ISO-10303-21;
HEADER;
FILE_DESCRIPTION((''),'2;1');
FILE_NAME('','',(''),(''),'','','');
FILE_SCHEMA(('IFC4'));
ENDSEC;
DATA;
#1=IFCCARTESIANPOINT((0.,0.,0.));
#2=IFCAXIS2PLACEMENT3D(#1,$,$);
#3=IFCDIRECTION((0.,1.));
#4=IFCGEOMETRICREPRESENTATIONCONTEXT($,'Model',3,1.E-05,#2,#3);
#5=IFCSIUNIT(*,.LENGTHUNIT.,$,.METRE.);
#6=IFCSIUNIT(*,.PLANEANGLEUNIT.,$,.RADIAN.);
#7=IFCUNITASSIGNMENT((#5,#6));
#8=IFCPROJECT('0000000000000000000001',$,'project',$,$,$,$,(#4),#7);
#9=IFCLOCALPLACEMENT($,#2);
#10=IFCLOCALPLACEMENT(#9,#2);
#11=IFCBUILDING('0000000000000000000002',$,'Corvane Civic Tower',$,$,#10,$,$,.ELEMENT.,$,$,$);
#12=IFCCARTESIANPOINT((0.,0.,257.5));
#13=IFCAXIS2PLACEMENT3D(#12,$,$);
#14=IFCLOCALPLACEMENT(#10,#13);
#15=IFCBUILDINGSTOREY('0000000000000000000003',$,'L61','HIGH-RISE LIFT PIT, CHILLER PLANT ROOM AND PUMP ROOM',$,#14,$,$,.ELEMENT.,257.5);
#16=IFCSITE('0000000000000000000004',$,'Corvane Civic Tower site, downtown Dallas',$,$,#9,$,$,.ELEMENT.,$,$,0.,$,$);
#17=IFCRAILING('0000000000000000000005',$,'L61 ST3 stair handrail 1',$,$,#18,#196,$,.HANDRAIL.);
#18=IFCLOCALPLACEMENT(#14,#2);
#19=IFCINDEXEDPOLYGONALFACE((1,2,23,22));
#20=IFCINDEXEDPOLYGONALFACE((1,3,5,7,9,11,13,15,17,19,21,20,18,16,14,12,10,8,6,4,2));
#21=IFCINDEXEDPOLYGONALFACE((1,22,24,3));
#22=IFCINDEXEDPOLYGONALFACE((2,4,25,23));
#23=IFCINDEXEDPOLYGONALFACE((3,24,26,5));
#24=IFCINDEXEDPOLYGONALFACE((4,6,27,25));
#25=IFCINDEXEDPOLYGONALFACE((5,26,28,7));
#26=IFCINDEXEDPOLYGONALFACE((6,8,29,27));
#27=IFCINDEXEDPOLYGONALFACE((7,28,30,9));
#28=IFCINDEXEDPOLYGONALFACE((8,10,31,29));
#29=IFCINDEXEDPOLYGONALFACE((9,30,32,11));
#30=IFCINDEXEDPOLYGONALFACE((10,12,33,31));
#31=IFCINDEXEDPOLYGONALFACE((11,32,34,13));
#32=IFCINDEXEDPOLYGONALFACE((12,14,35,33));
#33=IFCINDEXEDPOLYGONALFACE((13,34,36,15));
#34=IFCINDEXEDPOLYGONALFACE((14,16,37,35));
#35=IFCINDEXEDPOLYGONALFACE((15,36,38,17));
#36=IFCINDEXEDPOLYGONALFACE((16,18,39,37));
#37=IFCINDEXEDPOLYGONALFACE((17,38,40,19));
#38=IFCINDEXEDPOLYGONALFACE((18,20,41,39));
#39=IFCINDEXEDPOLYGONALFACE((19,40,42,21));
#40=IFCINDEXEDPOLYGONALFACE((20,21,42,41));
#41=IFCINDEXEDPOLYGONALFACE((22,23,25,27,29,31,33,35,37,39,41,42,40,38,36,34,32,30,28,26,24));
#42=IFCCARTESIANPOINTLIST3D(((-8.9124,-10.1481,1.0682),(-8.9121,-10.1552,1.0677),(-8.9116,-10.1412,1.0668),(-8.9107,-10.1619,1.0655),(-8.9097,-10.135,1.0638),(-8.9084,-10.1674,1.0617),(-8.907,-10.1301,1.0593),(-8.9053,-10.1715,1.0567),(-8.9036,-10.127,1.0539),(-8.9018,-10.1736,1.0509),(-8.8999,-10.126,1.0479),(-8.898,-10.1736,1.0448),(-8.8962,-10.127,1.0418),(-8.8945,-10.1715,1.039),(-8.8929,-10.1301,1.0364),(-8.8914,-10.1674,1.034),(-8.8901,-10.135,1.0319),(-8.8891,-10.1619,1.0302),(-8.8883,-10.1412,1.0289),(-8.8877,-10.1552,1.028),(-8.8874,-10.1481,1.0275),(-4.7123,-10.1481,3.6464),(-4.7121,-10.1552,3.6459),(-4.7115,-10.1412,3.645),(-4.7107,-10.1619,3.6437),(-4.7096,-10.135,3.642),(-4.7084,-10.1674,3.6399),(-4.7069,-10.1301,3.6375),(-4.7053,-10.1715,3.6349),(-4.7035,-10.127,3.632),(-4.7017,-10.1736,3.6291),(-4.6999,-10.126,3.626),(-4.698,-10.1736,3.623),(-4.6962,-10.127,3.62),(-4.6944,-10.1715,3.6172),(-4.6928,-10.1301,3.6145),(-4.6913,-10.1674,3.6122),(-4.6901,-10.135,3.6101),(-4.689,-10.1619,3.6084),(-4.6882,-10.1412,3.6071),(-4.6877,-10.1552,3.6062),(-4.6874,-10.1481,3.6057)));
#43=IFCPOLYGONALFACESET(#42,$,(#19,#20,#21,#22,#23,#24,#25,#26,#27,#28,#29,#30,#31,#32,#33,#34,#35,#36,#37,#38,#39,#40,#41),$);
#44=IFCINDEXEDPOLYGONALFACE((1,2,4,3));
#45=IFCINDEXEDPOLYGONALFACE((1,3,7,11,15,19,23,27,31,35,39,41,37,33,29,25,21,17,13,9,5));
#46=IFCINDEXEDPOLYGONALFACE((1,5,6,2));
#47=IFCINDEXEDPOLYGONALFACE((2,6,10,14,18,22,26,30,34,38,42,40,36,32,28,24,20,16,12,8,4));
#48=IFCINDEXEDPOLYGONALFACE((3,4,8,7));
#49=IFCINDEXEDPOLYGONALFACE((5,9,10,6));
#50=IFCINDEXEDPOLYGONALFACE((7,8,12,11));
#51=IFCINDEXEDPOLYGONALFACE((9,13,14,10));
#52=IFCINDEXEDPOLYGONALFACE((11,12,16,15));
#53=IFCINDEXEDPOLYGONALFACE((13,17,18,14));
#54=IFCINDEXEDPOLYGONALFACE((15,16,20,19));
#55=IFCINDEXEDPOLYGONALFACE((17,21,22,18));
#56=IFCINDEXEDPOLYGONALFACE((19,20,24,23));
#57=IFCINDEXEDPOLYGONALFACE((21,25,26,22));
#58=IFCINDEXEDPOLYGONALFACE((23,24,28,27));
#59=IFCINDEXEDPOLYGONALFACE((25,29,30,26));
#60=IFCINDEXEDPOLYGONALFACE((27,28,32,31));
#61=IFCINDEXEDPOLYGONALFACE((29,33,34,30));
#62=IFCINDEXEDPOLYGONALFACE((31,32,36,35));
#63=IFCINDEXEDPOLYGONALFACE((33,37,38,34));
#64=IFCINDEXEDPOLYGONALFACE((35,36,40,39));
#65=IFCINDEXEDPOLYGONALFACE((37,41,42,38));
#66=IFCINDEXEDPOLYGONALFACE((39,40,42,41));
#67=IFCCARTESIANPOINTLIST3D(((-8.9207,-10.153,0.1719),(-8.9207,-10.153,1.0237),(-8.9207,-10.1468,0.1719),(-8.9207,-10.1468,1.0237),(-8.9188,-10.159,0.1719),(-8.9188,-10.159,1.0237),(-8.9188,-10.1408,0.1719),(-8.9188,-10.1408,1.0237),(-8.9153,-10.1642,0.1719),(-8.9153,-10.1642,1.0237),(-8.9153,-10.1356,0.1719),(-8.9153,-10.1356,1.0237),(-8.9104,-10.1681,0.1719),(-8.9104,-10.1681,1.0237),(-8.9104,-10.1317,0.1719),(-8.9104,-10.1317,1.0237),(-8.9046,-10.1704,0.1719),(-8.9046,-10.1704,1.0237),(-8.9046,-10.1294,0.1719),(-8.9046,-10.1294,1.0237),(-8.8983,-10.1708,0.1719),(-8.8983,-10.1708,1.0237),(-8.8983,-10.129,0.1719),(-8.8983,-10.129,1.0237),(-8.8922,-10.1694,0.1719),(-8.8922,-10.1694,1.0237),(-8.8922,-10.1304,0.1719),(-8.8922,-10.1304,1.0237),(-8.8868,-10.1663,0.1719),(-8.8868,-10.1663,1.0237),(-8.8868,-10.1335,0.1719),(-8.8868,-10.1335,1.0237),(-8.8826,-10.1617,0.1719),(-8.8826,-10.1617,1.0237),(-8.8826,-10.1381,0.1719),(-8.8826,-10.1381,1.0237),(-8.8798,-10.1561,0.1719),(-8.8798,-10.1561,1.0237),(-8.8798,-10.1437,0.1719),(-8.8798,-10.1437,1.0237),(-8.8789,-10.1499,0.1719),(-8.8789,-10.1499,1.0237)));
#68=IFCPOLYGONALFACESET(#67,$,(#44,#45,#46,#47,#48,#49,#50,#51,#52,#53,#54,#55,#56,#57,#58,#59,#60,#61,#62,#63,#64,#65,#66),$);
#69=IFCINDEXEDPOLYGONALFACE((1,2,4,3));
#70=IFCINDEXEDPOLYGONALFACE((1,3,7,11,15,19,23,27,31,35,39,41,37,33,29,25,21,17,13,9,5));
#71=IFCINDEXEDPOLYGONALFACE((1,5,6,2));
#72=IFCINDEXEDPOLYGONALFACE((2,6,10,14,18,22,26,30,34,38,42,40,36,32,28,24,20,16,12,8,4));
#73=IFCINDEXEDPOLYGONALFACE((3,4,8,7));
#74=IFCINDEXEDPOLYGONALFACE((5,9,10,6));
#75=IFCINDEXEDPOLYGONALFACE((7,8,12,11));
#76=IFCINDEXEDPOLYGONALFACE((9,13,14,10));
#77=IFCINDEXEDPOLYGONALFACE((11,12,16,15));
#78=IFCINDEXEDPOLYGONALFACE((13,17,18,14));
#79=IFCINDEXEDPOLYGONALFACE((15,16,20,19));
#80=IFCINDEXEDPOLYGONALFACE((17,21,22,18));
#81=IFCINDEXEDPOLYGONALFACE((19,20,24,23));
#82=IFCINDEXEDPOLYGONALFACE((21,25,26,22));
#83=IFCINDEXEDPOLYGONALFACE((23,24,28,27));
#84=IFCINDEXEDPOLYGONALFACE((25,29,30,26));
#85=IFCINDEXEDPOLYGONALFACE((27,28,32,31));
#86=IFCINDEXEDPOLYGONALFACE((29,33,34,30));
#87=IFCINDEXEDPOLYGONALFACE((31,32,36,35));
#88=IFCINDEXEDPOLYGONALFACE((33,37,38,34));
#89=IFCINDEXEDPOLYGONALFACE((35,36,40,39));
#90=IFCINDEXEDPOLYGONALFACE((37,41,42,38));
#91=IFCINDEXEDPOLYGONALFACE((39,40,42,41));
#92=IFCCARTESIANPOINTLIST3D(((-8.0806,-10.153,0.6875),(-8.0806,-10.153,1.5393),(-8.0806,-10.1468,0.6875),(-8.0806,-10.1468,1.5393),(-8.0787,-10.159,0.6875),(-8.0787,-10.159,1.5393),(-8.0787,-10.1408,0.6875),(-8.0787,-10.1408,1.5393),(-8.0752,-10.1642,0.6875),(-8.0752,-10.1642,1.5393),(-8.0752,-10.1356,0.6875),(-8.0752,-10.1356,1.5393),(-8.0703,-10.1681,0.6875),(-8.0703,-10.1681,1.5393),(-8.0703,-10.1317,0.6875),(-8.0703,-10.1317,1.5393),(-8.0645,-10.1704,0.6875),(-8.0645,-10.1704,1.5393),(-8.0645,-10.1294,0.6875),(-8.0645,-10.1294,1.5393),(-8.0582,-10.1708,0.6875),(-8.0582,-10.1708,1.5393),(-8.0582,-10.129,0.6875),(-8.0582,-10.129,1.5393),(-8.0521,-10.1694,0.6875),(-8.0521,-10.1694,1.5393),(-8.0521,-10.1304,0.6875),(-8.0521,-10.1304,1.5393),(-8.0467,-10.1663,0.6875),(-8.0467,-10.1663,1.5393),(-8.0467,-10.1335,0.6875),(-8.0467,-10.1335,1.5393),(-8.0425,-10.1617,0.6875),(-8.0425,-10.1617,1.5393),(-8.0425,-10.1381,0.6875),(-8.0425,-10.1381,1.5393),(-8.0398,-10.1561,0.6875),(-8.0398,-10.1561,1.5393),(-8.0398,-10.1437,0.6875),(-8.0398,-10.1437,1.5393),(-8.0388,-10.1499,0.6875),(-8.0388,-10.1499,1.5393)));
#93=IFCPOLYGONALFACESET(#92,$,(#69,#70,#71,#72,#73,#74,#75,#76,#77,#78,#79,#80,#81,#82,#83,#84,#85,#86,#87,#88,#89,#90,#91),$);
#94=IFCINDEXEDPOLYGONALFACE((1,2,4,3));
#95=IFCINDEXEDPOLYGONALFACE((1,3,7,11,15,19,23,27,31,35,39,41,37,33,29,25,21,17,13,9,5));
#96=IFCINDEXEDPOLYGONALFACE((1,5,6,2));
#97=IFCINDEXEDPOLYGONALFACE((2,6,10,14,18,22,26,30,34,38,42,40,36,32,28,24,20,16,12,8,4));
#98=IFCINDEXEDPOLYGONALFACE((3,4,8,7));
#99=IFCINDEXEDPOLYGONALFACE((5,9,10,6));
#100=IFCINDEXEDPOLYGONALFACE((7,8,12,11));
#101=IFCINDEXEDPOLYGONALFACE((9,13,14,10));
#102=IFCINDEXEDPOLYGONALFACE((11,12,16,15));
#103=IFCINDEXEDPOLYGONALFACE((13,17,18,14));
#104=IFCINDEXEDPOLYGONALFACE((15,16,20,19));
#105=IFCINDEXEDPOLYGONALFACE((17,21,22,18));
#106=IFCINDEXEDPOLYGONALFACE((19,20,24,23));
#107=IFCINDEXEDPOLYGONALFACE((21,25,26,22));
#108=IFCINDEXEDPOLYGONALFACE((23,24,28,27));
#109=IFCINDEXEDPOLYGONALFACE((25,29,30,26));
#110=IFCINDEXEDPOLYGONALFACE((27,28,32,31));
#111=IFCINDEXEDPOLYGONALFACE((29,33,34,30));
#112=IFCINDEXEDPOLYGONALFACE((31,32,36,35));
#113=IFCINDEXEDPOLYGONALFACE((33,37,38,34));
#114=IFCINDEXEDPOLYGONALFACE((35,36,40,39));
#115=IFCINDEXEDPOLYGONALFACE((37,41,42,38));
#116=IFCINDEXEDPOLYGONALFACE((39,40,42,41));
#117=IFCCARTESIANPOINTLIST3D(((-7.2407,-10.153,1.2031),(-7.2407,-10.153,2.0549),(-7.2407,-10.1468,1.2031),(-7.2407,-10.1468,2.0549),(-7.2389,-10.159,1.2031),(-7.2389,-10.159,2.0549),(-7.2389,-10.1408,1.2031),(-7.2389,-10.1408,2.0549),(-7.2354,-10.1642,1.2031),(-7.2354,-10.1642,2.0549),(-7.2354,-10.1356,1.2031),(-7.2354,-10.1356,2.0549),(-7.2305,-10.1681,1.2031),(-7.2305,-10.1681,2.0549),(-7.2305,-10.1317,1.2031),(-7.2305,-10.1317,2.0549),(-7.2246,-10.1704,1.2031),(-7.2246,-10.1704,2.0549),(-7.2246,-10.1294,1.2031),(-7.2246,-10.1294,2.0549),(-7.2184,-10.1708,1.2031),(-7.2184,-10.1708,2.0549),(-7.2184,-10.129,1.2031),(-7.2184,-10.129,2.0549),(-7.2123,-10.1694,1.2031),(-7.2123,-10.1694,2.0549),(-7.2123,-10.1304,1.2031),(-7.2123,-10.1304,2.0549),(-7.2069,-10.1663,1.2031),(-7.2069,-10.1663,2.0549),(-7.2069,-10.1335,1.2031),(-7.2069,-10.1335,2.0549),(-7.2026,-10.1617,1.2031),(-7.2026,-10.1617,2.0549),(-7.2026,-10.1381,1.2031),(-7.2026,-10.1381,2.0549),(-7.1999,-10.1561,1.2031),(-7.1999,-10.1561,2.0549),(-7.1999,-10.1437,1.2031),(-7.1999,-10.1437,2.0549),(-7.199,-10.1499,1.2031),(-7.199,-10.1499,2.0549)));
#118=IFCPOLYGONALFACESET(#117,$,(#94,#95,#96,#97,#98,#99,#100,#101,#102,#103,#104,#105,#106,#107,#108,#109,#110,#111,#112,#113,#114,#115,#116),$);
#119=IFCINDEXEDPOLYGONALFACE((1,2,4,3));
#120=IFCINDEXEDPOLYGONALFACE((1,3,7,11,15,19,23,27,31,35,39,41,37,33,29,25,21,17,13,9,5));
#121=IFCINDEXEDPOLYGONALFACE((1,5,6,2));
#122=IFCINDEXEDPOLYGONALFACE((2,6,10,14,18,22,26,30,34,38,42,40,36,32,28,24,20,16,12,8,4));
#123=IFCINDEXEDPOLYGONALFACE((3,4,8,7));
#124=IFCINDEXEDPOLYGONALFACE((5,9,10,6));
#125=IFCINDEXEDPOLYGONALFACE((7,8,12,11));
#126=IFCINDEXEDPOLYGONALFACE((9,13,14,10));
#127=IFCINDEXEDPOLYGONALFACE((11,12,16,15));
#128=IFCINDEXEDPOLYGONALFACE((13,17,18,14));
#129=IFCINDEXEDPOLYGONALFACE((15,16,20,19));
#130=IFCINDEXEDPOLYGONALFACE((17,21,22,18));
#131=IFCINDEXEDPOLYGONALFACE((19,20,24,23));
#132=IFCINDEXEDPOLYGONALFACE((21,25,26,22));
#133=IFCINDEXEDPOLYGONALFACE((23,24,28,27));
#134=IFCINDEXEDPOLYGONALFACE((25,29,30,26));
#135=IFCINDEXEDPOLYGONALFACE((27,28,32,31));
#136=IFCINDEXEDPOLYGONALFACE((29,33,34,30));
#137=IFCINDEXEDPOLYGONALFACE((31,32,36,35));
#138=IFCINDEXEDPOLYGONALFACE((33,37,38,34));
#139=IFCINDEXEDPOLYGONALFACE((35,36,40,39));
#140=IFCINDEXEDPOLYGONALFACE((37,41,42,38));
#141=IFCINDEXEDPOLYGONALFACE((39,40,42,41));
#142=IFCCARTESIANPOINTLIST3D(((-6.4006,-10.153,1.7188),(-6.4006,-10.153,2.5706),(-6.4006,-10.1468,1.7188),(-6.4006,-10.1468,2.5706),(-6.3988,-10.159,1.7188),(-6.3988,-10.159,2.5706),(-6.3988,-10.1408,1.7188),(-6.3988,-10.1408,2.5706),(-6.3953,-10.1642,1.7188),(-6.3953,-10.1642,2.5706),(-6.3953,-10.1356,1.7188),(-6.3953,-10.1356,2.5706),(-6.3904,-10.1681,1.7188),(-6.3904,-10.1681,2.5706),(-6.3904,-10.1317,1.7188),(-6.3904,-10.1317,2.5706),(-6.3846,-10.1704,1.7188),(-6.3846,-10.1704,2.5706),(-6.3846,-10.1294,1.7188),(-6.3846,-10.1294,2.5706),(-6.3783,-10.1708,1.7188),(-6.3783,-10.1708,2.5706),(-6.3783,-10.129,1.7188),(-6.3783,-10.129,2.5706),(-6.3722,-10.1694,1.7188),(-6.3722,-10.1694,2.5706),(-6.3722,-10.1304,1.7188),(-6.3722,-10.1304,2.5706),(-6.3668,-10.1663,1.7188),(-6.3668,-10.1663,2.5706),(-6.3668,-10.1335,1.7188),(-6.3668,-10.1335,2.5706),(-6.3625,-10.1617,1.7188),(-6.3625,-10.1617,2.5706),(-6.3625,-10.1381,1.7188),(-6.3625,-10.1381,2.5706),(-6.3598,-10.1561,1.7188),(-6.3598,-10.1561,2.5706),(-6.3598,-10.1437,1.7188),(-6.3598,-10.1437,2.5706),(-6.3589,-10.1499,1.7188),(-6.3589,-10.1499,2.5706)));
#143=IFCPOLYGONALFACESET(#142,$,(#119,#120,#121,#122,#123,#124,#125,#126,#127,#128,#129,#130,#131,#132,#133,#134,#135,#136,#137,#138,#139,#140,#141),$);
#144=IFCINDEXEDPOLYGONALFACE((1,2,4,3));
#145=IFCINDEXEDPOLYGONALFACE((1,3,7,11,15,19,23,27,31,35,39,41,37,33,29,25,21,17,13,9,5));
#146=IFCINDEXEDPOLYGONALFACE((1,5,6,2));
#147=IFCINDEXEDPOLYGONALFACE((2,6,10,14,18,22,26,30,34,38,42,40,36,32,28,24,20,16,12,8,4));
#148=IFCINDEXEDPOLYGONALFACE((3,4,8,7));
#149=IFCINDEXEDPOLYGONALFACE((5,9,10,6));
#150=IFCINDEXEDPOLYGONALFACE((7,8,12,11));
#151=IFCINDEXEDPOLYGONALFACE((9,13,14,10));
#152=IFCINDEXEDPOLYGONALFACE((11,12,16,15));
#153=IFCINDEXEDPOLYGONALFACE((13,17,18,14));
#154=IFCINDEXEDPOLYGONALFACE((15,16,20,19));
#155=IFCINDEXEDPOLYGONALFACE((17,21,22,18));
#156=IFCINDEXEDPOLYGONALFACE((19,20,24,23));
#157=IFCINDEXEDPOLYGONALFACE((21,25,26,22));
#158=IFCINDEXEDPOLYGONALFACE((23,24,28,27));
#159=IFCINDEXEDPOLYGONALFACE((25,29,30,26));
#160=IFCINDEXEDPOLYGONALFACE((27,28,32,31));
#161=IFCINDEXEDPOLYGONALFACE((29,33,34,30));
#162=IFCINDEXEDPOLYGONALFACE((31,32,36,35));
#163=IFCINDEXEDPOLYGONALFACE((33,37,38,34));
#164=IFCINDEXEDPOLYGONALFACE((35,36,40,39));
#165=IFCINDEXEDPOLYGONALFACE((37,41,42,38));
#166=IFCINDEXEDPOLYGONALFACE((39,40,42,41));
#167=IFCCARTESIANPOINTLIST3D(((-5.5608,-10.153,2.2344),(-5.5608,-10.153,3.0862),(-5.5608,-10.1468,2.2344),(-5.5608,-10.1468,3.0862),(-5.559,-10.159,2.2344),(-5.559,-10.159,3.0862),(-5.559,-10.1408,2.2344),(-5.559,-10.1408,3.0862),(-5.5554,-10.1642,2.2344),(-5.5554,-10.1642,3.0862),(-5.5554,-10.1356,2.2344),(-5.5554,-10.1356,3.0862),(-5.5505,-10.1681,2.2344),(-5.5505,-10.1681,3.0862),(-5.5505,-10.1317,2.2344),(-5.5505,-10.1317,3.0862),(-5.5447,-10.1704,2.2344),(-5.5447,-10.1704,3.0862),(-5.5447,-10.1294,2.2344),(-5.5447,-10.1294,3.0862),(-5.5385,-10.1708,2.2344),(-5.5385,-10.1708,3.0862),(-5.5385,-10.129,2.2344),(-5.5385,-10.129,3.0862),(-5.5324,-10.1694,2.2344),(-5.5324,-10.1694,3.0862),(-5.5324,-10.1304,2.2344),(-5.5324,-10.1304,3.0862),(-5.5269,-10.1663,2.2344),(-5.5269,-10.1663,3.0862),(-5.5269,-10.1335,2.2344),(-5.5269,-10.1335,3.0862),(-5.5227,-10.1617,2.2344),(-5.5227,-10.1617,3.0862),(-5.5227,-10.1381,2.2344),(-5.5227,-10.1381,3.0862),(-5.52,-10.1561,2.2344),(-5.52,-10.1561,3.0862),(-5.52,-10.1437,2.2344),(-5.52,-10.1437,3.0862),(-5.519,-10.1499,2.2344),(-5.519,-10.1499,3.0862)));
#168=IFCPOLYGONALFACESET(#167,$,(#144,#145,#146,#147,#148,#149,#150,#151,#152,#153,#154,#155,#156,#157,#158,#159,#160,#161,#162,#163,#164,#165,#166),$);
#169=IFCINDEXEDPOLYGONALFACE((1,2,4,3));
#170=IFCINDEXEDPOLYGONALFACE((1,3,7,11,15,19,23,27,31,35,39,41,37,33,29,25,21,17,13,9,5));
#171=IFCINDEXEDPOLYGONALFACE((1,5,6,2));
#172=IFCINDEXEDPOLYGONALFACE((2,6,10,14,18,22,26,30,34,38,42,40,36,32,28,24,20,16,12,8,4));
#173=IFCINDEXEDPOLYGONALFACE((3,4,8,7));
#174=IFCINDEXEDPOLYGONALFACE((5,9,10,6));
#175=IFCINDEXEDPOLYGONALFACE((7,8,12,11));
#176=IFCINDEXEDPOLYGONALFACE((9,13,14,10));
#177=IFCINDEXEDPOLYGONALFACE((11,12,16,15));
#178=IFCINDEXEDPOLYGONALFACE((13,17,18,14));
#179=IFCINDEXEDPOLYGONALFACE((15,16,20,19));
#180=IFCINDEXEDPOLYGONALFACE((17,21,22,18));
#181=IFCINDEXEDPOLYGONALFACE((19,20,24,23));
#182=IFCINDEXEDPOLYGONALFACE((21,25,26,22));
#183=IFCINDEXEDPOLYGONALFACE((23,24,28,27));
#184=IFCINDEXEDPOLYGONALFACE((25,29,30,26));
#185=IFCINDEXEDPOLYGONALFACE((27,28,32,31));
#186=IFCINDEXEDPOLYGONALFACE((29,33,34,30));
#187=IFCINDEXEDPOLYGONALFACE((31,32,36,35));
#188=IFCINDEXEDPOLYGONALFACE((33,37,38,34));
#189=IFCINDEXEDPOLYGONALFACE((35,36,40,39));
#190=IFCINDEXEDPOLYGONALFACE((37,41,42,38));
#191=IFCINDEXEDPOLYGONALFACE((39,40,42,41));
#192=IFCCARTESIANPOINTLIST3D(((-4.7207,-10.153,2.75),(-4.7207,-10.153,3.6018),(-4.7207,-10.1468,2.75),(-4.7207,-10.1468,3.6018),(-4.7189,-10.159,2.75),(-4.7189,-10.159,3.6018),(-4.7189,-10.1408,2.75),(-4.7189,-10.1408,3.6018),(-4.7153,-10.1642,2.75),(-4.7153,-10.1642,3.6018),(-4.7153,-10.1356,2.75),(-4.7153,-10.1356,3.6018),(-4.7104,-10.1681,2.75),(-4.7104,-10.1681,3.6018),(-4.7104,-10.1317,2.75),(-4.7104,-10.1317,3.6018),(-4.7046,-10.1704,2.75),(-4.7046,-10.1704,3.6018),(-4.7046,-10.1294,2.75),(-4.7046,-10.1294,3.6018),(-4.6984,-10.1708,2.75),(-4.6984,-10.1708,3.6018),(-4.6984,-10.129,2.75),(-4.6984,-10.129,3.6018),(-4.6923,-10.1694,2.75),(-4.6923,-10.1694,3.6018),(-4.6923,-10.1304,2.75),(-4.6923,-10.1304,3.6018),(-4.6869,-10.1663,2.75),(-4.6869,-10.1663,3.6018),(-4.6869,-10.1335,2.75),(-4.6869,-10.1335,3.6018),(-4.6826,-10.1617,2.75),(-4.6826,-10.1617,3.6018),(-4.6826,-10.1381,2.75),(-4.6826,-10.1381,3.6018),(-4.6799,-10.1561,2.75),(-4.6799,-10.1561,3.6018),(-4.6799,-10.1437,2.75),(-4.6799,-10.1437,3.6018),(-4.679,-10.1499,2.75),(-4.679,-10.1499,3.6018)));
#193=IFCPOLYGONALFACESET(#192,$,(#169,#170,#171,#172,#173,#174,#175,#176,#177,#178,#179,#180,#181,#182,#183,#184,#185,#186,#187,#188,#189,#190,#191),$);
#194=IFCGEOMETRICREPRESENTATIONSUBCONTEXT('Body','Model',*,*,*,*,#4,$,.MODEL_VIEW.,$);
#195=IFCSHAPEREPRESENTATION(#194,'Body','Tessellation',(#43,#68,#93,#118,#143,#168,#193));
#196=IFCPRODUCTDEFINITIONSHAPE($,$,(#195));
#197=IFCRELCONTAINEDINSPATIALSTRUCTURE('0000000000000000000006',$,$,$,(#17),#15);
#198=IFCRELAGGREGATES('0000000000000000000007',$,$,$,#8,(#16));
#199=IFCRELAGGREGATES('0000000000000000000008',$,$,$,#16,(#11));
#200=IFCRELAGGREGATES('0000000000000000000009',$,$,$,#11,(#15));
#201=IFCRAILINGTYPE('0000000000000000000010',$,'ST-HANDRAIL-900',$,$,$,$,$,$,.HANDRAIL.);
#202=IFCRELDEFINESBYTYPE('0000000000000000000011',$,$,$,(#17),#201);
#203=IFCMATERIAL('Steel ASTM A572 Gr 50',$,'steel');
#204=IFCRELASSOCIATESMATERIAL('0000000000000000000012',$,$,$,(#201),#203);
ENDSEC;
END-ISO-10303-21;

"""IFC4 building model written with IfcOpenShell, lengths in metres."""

from ifc_helpers import new_model, si_unit, direction, frame, origin, origin_2d, place, context, subcontext, project, spatial, circle, extrude, material, type_object, element, save


model = new_model("IFC4")

# Units and contexts
model_context = context("Model", 3, precision=1e-05, world=origin(), true_north=direction((0.0, 1.0)))
body_context = subcontext(model_context, "Body", "Model", "MODEL_VIEW")
ifc_project = project(units=[si_unit("LENGTHUNIT", "METRE"), si_unit("PLANEANGLEUNIT", "RADIAN")], contexts=[model_context])

# Site, building, storey
site_placement = place(None, origin())
site = spatial("IfcSite", under=ifc_project, at=site_placement, Name="Corvane Civic Tower site, downtown Dallas", CompositionType="ELEMENT", RefElevation=0.0)
building_placement = place(site_placement, origin())
building = spatial("IfcBuilding", under=site, at=building_placement, Name="Corvane Civic Tower", CompositionType="ELEMENT")
storey_placement = place(building_placement, frame((0.0, 0.0, 257.5)))
storey = spatial("IfcBuildingStorey", under=building, at=storey_placement, Name="L61", Description="HIGH-RISE LIFT PIT, CHILLER PLANT ROOM AND PUMP ROOM", CompositionType="ELEMENT", Elevation=257.5)

# Railing
ifc_material_1 = material(Name="Steel ASTM A572 Gr 50", Category="steel")
railing_type_1 = type_object("IfcRailingType", Name="ST-HANDRAIL-900", PredefinedType="HANDRAIL", material=ifc_material_1)
railing_1_placement = place(storey_placement, frame((-8.8999, -10.1499, 0.1719)))
element("IfcRailing", 1, at=railing_1_placement, inside=storey, type_object=railing_type_1, Name="L61 ST3 stair handrail 1", PredefinedType="HANDRAIL", context=body_context, shape_type="SweptSolid", body=[
    extrude(circle(Radius=0.0239, at=origin_2d()), frame((0.0, 0.0, 0.876), z_axis=(0.852243, 0.0, 0.523146), x_axis=(0.0, 1.0, 0.0)), (0.0, 0.0, 1.0), 4.9282),
    extrude(circle(Radius=0.021, at=origin_2d()), origin(), (0.0, 0.0, 1.0), 0.8518),
    extrude(circle(Radius=0.021, at=origin_2d()), frame((0.8401, 0.0, 0.5156)), (0.0, 0.0, 1.0), 0.8518),
    extrude(circle(Radius=0.021, at=origin_2d()), frame((1.6799, 0.0, 1.0312)), (0.0, 0.0, 1.0), 0.8518),
    extrude(circle(Radius=0.021, at=origin_2d()), frame((2.52, 0.0, 1.5469)), (0.0, 0.0, 1.0), 0.8518),
    extrude(circle(Radius=0.021, at=origin_2d()), frame((3.3599, 0.0, 2.0625)), (0.0, 0.0, 1.0), 0.8518),
    extrude(circle(Radius=0.021, at=origin_2d()), frame((4.2, 0.0, 2.5781)), (0.0, 0.0, 1.0), 0.8518),
])

save(model, "model.ifc")
